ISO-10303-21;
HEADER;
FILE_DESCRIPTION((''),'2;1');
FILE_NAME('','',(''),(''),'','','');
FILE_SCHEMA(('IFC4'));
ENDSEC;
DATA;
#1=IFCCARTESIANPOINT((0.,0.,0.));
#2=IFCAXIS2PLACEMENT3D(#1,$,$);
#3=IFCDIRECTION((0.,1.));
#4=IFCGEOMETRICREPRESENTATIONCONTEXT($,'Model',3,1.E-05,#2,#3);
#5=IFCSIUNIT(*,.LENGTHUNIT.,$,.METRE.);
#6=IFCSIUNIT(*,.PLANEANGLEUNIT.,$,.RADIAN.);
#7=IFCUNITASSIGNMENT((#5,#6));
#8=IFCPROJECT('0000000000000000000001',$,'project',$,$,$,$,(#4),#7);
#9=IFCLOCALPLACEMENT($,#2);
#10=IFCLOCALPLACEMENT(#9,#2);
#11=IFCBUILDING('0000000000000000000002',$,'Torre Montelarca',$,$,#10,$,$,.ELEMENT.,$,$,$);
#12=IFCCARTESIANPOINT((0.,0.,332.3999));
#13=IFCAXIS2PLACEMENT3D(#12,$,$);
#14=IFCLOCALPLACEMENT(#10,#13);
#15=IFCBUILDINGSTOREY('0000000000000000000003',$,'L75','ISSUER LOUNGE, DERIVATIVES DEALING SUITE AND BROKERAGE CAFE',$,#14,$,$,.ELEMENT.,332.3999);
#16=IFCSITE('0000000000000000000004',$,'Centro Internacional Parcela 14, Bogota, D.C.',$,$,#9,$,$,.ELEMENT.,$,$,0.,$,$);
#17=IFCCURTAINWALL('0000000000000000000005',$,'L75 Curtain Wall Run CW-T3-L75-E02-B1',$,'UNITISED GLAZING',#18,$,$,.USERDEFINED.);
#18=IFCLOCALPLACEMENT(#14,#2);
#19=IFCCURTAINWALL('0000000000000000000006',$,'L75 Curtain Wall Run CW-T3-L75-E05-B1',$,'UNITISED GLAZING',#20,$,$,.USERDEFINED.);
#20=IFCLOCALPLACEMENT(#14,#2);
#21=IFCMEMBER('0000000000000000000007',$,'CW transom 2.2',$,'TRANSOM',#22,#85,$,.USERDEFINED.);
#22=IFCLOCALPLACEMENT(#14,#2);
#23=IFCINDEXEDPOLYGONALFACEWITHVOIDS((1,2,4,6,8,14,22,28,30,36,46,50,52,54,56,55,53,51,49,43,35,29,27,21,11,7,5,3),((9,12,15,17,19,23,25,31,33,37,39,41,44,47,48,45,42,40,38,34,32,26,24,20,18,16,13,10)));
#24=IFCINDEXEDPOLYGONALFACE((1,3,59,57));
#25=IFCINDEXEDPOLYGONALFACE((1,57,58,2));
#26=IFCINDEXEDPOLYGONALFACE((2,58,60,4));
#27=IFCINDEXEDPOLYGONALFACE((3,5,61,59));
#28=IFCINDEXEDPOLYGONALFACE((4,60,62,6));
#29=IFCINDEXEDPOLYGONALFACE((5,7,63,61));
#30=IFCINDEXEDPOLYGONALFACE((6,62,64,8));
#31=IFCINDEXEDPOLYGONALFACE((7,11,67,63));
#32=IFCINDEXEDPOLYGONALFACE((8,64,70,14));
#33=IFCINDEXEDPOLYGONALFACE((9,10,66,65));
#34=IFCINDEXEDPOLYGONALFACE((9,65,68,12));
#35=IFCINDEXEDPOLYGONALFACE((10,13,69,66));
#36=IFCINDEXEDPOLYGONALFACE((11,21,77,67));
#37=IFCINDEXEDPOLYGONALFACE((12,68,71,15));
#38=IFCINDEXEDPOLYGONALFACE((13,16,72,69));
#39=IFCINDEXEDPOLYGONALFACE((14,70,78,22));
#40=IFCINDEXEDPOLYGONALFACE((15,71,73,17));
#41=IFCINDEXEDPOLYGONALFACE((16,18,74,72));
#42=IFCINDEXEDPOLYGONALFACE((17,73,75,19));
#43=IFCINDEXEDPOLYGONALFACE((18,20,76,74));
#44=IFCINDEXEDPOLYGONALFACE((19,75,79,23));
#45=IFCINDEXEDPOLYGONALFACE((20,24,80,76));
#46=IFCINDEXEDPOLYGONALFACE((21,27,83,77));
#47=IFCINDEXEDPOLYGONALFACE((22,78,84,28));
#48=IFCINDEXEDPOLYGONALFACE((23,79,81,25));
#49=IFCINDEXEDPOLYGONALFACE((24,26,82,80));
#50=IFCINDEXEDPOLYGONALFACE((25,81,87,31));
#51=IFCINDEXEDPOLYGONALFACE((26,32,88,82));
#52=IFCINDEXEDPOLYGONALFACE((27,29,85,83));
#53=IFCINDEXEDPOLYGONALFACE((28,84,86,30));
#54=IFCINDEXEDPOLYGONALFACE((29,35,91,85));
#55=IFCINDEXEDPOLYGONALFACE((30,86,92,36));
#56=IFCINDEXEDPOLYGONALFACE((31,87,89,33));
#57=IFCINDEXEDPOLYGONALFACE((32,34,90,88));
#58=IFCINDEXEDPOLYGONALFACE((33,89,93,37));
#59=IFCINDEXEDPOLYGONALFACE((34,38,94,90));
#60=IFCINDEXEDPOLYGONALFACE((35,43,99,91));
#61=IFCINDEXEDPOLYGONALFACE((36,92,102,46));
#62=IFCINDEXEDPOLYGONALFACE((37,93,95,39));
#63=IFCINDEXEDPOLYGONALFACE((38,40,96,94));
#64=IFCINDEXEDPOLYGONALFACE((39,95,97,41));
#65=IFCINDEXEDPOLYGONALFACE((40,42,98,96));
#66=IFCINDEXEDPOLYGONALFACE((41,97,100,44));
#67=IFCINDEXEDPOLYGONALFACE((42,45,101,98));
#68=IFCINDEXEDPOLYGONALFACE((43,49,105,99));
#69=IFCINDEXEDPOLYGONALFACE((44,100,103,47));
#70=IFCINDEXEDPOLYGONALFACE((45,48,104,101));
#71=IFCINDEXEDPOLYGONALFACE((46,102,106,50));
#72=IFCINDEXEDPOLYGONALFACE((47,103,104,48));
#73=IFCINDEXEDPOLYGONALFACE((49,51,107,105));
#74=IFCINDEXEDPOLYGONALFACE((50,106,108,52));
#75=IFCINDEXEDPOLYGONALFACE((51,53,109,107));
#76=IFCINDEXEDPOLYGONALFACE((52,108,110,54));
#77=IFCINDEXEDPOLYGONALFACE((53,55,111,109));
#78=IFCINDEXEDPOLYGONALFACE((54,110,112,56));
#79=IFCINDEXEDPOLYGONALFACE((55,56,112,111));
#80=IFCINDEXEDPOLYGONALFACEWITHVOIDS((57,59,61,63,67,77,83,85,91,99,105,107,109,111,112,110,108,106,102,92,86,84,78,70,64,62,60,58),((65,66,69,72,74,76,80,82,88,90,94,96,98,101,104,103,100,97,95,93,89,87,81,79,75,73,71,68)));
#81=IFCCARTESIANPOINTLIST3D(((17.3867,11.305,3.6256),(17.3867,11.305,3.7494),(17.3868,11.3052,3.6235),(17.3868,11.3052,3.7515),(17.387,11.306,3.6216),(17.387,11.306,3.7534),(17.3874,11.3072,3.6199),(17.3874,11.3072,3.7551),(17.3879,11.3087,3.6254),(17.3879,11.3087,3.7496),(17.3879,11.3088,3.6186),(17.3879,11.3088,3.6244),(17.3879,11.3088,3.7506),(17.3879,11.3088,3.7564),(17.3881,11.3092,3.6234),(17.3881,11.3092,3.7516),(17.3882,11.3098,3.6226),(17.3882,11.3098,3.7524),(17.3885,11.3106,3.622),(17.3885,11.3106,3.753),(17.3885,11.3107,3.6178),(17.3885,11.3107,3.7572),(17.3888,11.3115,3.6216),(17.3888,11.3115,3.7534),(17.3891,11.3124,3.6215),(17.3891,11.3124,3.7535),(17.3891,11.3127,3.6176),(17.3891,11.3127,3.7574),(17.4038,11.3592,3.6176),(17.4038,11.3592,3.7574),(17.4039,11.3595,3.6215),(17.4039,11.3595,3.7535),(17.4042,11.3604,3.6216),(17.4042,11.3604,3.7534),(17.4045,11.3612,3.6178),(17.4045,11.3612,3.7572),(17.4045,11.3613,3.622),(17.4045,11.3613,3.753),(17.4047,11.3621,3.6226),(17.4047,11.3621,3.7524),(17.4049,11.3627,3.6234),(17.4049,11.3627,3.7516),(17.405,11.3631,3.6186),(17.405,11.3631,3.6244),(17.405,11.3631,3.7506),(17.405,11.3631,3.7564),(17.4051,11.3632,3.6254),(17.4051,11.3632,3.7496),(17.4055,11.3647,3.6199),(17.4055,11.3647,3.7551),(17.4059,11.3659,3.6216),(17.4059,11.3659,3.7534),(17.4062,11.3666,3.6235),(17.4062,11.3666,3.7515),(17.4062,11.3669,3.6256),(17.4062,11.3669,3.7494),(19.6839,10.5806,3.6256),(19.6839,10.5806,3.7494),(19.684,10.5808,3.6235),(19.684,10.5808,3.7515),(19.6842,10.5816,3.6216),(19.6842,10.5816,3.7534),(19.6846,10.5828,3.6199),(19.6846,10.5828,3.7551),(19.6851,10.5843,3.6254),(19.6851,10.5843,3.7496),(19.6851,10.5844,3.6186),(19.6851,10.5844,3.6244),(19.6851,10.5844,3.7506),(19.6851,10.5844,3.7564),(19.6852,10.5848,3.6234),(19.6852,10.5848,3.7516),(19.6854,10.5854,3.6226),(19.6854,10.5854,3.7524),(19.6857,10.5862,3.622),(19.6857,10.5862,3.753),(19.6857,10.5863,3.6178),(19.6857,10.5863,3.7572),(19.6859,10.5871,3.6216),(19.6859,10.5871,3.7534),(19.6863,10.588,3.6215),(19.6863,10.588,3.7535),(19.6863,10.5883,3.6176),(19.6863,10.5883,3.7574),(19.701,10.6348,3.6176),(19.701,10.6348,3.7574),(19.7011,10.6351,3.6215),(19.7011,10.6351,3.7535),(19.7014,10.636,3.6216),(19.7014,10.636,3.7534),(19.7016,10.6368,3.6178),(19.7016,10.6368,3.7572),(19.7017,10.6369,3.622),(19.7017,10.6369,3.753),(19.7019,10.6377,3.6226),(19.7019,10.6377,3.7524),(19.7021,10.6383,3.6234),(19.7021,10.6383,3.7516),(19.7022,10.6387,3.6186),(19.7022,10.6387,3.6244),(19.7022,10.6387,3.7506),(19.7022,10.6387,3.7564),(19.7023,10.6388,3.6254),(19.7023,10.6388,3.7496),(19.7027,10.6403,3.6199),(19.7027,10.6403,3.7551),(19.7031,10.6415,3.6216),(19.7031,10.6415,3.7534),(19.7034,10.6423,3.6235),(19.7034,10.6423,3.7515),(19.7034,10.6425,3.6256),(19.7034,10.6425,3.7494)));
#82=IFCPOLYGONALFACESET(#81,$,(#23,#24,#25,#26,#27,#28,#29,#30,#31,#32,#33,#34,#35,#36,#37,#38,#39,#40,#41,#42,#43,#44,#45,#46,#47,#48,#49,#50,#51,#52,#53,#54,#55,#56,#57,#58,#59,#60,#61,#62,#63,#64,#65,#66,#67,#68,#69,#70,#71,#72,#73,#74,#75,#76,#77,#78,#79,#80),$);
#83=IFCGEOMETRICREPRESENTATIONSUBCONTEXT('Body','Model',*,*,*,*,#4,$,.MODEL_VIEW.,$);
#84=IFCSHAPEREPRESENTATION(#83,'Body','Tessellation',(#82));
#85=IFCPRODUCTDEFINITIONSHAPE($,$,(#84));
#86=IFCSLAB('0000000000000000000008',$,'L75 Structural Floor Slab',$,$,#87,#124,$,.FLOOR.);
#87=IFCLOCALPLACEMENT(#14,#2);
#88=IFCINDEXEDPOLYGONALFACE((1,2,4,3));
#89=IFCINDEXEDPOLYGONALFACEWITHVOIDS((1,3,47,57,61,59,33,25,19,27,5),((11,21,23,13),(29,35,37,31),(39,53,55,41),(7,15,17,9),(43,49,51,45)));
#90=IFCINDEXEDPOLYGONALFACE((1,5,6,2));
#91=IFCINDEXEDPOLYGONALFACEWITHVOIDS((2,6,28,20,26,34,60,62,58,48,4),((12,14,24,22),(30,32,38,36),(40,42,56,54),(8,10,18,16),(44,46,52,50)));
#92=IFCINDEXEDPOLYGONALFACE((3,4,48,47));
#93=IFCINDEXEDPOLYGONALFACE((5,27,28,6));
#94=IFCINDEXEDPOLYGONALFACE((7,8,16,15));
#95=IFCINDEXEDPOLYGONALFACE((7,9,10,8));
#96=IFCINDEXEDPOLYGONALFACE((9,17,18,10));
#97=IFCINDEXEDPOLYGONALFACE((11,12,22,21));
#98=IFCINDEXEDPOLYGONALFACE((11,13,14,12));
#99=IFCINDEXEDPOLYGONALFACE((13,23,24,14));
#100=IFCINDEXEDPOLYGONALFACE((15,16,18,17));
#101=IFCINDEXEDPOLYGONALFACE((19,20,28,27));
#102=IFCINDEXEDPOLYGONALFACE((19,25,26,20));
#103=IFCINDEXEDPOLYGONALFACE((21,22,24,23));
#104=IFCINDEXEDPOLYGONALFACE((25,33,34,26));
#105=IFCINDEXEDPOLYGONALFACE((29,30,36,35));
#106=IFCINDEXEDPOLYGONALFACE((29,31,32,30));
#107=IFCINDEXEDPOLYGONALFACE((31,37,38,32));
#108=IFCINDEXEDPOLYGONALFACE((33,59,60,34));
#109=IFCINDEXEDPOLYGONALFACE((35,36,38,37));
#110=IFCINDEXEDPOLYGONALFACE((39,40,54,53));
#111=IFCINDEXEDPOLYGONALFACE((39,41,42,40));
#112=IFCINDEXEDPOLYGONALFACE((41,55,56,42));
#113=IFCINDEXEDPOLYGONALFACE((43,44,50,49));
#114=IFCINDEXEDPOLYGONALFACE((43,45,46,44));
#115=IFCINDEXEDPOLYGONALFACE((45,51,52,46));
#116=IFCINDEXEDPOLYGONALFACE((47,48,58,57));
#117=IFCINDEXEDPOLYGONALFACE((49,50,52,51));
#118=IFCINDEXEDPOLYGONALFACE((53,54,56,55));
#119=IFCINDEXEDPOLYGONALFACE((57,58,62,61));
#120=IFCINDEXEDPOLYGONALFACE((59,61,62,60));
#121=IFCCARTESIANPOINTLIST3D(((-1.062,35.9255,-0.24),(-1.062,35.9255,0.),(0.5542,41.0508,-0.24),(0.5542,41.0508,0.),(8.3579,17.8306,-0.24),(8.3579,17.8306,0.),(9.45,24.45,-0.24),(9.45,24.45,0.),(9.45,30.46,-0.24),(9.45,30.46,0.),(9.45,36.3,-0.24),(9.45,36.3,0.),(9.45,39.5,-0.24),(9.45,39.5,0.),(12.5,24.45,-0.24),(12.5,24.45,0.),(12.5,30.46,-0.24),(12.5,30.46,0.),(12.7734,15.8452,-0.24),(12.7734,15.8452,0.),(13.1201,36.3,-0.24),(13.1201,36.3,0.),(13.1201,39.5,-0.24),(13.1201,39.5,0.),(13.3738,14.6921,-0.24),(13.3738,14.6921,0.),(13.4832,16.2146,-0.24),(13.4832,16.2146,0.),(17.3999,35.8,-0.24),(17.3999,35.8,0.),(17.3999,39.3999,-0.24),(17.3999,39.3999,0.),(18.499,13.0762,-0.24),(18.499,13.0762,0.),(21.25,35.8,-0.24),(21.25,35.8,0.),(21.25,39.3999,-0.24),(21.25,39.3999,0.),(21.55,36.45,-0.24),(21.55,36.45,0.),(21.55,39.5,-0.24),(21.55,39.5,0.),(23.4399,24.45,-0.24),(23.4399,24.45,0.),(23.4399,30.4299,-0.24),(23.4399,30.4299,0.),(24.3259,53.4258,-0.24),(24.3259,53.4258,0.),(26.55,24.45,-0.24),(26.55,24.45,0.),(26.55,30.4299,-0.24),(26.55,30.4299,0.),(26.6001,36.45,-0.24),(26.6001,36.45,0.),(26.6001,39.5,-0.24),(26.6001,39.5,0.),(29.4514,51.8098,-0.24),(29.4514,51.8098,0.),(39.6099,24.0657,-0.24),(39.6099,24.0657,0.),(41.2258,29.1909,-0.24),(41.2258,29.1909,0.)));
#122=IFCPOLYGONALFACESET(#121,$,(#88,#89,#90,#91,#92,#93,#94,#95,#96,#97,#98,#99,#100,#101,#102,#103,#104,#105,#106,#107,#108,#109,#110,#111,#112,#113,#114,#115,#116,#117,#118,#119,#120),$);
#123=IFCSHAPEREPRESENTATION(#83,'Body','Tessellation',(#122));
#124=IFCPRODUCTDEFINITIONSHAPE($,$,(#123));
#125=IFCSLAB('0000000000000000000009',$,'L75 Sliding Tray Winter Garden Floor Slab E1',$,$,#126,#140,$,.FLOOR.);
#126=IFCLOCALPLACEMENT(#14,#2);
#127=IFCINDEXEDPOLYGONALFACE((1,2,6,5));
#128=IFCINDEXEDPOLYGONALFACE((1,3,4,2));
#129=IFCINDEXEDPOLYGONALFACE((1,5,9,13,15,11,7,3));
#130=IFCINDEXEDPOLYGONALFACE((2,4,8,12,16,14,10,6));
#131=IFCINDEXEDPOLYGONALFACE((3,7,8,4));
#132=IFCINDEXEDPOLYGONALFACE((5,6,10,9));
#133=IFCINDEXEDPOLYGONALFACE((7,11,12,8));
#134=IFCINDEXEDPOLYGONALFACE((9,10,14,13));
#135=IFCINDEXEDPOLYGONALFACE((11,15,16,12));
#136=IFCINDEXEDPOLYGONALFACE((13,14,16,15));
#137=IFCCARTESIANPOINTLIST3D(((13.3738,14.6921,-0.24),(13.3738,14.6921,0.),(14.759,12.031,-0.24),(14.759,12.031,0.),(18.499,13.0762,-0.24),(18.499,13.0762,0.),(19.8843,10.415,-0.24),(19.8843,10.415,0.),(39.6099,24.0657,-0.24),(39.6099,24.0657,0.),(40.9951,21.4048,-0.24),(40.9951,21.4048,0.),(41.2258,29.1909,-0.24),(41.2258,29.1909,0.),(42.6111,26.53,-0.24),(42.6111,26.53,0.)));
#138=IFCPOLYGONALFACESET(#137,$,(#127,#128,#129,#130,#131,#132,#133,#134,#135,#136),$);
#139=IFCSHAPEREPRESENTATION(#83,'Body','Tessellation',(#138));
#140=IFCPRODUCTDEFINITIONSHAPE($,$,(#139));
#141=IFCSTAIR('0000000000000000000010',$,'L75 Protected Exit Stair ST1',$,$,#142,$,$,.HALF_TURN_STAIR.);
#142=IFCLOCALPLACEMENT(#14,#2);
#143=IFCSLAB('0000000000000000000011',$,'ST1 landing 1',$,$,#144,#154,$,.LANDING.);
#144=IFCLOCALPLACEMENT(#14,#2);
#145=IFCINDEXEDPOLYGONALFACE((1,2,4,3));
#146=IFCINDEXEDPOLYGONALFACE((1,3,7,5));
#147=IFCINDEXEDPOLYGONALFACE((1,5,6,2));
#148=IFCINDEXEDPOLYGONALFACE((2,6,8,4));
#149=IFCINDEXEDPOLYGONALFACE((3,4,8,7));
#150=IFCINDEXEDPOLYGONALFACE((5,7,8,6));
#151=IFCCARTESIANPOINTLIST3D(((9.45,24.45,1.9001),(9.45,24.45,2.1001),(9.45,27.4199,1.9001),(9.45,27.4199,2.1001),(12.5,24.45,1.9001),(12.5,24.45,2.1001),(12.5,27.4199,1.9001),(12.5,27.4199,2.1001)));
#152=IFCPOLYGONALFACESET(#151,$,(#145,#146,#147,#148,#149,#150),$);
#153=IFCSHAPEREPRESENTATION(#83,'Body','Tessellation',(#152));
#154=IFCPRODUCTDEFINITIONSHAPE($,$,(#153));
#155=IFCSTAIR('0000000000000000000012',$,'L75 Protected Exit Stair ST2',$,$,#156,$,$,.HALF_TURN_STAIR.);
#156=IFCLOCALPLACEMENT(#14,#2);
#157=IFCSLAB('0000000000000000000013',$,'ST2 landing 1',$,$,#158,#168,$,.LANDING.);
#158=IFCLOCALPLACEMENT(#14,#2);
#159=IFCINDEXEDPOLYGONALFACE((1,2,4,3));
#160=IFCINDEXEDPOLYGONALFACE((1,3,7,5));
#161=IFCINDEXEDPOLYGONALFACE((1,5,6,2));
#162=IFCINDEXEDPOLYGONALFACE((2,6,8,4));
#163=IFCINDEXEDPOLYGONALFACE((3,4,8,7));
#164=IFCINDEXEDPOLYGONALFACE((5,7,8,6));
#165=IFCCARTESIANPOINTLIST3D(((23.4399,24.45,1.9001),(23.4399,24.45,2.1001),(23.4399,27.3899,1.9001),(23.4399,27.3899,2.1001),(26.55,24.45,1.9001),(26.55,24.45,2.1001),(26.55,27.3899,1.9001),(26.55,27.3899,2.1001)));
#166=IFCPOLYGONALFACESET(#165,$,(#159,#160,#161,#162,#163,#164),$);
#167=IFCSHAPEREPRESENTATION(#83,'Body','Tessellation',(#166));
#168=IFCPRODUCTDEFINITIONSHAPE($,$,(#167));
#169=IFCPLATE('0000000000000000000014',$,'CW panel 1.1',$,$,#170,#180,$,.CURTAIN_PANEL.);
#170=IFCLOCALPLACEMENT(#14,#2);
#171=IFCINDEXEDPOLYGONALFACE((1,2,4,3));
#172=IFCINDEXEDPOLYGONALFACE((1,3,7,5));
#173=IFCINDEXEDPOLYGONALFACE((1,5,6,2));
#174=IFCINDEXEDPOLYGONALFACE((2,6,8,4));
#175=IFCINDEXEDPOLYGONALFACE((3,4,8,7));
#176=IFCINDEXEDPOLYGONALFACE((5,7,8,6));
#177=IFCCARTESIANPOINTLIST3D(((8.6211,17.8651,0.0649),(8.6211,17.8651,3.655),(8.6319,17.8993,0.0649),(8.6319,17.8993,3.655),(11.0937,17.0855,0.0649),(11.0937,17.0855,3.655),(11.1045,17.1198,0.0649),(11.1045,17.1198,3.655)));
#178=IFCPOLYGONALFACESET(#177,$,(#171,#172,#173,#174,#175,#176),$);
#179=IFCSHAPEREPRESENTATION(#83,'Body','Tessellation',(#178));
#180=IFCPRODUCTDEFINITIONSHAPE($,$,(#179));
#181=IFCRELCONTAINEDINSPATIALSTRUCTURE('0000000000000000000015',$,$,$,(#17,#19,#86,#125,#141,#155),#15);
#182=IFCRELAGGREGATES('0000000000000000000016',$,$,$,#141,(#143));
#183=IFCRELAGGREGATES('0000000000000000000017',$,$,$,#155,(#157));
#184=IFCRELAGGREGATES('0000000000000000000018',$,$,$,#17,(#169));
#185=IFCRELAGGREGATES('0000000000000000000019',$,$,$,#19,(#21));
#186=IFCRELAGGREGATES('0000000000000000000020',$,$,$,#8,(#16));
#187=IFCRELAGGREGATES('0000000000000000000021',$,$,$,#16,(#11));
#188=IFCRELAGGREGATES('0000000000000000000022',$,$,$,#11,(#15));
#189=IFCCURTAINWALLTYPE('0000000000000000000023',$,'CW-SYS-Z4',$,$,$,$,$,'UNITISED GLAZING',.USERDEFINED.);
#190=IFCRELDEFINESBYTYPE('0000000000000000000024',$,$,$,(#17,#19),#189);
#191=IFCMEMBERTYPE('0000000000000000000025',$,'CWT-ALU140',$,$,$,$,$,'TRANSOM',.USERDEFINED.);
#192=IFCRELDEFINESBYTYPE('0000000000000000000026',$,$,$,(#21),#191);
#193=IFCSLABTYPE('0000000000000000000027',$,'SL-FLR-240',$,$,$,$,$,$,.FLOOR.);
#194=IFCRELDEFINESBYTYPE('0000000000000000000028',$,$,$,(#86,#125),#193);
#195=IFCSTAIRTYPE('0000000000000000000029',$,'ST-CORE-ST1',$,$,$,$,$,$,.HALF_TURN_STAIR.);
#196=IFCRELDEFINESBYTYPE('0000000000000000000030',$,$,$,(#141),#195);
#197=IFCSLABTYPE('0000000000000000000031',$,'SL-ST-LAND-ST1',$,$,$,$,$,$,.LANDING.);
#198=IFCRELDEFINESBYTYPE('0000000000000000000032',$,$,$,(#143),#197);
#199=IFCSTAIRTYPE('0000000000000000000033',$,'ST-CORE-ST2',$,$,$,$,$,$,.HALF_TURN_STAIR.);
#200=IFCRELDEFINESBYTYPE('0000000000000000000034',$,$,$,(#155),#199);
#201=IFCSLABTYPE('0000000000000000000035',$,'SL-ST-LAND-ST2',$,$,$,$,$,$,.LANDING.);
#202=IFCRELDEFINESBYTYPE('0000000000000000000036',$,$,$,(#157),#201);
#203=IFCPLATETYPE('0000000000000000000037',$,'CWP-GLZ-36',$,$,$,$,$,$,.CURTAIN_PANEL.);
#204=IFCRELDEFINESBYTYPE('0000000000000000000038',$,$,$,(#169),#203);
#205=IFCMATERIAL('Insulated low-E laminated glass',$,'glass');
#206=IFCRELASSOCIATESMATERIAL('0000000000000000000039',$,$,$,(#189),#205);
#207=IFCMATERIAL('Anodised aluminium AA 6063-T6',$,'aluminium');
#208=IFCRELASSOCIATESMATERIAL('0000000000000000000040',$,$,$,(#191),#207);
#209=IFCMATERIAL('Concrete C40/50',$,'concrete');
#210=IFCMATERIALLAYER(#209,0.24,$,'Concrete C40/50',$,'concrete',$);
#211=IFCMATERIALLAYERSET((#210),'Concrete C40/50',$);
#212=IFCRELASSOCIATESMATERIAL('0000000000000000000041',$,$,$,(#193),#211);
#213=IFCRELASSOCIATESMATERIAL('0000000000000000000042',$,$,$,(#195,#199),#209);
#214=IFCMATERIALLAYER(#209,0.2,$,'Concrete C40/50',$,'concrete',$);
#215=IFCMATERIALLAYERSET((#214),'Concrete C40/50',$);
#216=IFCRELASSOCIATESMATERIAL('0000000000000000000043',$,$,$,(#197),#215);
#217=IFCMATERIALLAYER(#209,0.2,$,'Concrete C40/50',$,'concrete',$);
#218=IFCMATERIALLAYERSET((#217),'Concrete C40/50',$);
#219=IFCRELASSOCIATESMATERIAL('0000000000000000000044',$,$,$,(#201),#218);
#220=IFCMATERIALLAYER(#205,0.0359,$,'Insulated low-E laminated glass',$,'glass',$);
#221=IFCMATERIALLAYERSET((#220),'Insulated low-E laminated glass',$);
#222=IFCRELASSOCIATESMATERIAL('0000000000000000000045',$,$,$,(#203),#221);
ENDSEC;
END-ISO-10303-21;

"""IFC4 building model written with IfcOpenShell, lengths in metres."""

from ifc_helpers import new_model, si_unit, direction, frame, origin, origin_2d, place, context, subcontext, project, spatial, polyline, rectangle, hollow_rectangle, outline, extrude, source, transform, mapped, material, layer, layer_set, material_profile, profile_set, type_object, element, aggregate, save


model = new_model("IFC4")

# Units and contexts
model_context = context("Model", 3, precision=1e-05, world=origin(), true_north=direction((0.0, 1.0)))
body_context = subcontext(model_context, "Body", "Model", "MODEL_VIEW")
ifc_project = project(units=[si_unit("LENGTHUNIT", "METRE"), si_unit("PLANEANGLEUNIT", "RADIAN")], contexts=[model_context])

# Site, building, storey
site_placement = place(None, origin())
site = spatial("IfcSite", under=ifc_project, at=site_placement, Name="Centro Internacional Parcela 14, Bogota, D.C.", CompositionType="ELEMENT", RefElevation=0.0)
building_placement = place(site_placement, origin())
building = spatial("IfcBuilding", under=site, at=building_placement, Name="Torre Montelarca", CompositionType="ELEMENT")
storey_placement = place(building_placement, frame((0.0, 0.0, 332.3999)))
storey = spatial("IfcBuildingStorey", under=building, at=storey_placement, Name="L75", Description="ISSUER LOUNGE, DERIVATIVES DEALING SUITE AND BROKERAGE CAFE", CompositionType="ELEMENT", Elevation=332.3999)

# Curtain walls, member
ifc_material_1 = material(Name="Insulated low-E laminated glass", Category="glass")
curtain_wall_type = type_object("IfcCurtainWallType", Name="CW-SYS-Z4", ElementType="UNITISED GLAZING", PredefinedType="USERDEFINED", material=ifc_material_1)
curtain_wall_1_placement = place(storey_placement, origin())
curtain_wall_1 = element("IfcCurtainWall", 1, at=curtain_wall_1_placement, inside=storey, type_object=curtain_wall_type, Name="L75 Curtain Wall Run CW-T3-L75-E02-B1", ObjectType="UNITISED GLAZING", PredefinedType="USERDEFINED")
ifc_material_2 = material(Name="Anodised aluminium AA 6063-T6", Category="aluminium")
ifc_material_profile_1 = material_profile(ifc_material_2, hollow_rectangle(XDim=0.0649, YDim=0.1399, WallThickness=0.0039, InnerFilletRadius=0.0039, OuterFilletRadius=0.0081, at=origin_2d()), Name="ALU65X140X4", Category="aluminium")
ifc_profile_set_1 = profile_set([ifc_material_profile_1], Name="Anodised aluminium AA 6063-T6")
member_type_1 = type_object("IfcMemberType", Name="CWT-ALU140", ElementType="TRANSOM", PredefinedType="USERDEFINED", material=ifc_profile_set_1)
curtain_wall_2_placement = place(storey_placement, origin())
curtain_wall_2 = element("IfcCurtainWall", 2, at=curtain_wall_2_placement, inside=storey, type_object=curtain_wall_type, Name="L75 Curtain Wall Run CW-T3-L75-E05-B1", ObjectType="UNITISED GLAZING", PredefinedType="USERDEFINED")
shared_shape_1 = source(origin(), body_context, "Body", "SweptSolid", [
    extrude(hollow_rectangle(XDim=0.0649, YDim=0.1399, WallThickness=0.0039, InnerFilletRadius=0.0039, OuterFilletRadius=0.0081, at=origin_2d()), origin(), (0.0, 0.0, 1.0), 2.4087),
])
member_1_placement = place(storey_placement, frame((17.3965, 11.3359, 3.6875), z_axis=(0.953707, -0.300738, 0.0), x_axis=(0.300738, 0.953707, 0.0)))
member_1 = element("IfcMember", 3, at=member_1_placement, type_object=member_type_1, Name="CW transom 2.2", ObjectType="TRANSOM", PredefinedType="USERDEFINED", context=body_context, shape_type="MappedRepresentation", body=[
    mapped(shared_shape_1, transform((0.0, 0.0, 0.0), scale=1.0)),
])

# Slabs
ifc_material_3 = material(Name="Concrete C40/50", Category="concrete")
ifc_layer_1 = layer(ifc_material_3, 0.24, Name="Concrete C40/50", Category="concrete")
ifc_layer_set_1 = layer_set([ifc_layer_1], Name="Concrete C40/50")
slab_type_1 = type_object("IfcSlabType", Name="SL-FLR-240", PredefinedType="FLOOR", material=ifc_layer_set_1)
slab_1_placement = place(storey_placement, frame((0.0, 0.0, -0.24)))
element("IfcSlab", 4, at=slab_1_placement, inside=storey, type_object=slab_type_1, Name="L75 Structural Floor Slab", PredefinedType="FLOOR", context=body_context, shape_type="SweptSolid", body=[
    extrude(outline(polyline([(8.3579, 17.8306), (13.4832, 16.2146), (12.7734, 15.8452), (13.3738, 14.6921), (18.499, 13.0762), (39.6099, 24.0657), (41.2258, 29.1909), (29.4514, 51.8098), (24.3259, 53.4258), (0.5542, 41.0508), (-1.062, 35.9255), (8.3579, 17.8306)]), holes=[polyline([(26.55, 24.45), (23.4399, 24.45), (23.4399, 30.4299), (26.55, 30.4299), (26.55, 24.45)]), polyline([(12.5, 24.45), (9.45, 24.45), (9.45, 30.46), (12.5, 30.46), (12.5, 24.45)]), polyline([(21.25, 39.3999), (21.25, 35.8), (17.3999, 35.8), (17.3999, 39.3999), (21.25, 39.3999)]), polyline([(13.1201, 36.3), (9.45, 36.3), (9.45, 39.5), (13.1201, 39.5), (13.1201, 36.3)]), polyline([(26.6001, 36.45), (21.55, 36.45), (21.55, 39.5), (26.6001, 39.5), (26.6001, 36.45)])]), origin(), (0.0, 0.0, 1.0), 0.24),
])
slab_2_placement = place(storey_placement, frame((0.0, 0.0, -0.24)))
element("IfcSlab", 5, at=slab_2_placement, inside=storey, type_object=slab_type_1, Name="L75 Sliding Tray Winter Garden Floor Slab E1", PredefinedType="FLOOR", context=body_context, shape_type="SweptSolid", body=[
    extrude(outline(polyline([(41.2258, 29.1909), (39.6099, 24.0657), (18.499, 13.0762), (13.3738, 14.6921), (14.759, 12.031), (19.8843, 10.415), (40.9951, 21.4048), (42.6111, 26.53), (41.2258, 29.1909)])), origin(), (0.0, 0.0, 1.0), 0.24),
])

# Stairs, slabs
stair_type_1 = type_object("IfcStairType", Name="ST-CORE-ST1", PredefinedType="HALF_TURN_STAIR", material=ifc_material_3)
stair_1_placement = place(storey_placement, origin())
stair_1 = element("IfcStair", 6, at=stair_1_placement, inside=storey, type_object=stair_type_1, Name="L75 Protected Exit Stair ST1", PredefinedType="HALF_TURN_STAIR")
ifc_layer_2 = layer(ifc_material_3, 0.2, Name="Concrete C40/50", Category="concrete")
ifc_layer_set_2 = layer_set([ifc_layer_2], Name="Concrete C40/50")
slab_type_2 = type_object("IfcSlabType", Name="SL-ST-LAND-ST1", PredefinedType="LANDING", material=ifc_layer_set_2)
slab_3_placement = place(storey_placement, frame((0.0, 0.0, 1.9001)))
slab_3 = element("IfcSlab", 7, at=slab_3_placement, type_object=slab_type_2, Name="ST1 landing 1", PredefinedType="LANDING", context=body_context, shape_type="SweptSolid", body=[
    extrude(outline(polyline([(9.45, 27.4199), (9.45, 24.45), (12.5, 24.45), (12.5, 27.4199), (9.45, 27.4199)])), origin(), (0.0, 0.0, 1.0), 0.2),
])
aggregate(stair_1, [slab_3])
stair_type_2 = type_object("IfcStairType", Name="ST-CORE-ST2", PredefinedType="HALF_TURN_STAIR", material=ifc_material_3)
stair_2_placement = place(storey_placement, origin())
stair_2 = element("IfcStair", 8, at=stair_2_placement, inside=storey, type_object=stair_type_2, Name="L75 Protected Exit Stair ST2", PredefinedType="HALF_TURN_STAIR")
ifc_layer_3 = layer(ifc_material_3, 0.2, Name="Concrete C40/50", Category="concrete")
ifc_layer_set_3 = layer_set([ifc_layer_3], Name="Concrete C40/50")
slab_type_3 = type_object("IfcSlabType", Name="SL-ST-LAND-ST2", PredefinedType="LANDING", material=ifc_layer_set_3)
slab_4_placement = place(storey_placement, frame((0.0, 0.0, 1.9001)))
slab_4 = element("IfcSlab", 9, at=slab_4_placement, type_object=slab_type_3, Name="ST2 landing 1", PredefinedType="LANDING", context=body_context, shape_type="SweptSolid", body=[
    extrude(outline(polyline([(23.4399, 27.3899), (23.4399, 24.45), (26.55, 24.45), (26.55, 27.3899), (23.4399, 27.3899)])), origin(), (0.0, 0.0, 1.0), 0.2),
])
aggregate(stair_2, [slab_4])

# Plate
ifc_layer_4 = layer(ifc_material_1, 0.0359, Name="Insulated low-E laminated glass", Category="glass")
ifc_layer_set_4 = layer_set([ifc_layer_4], Name="Insulated low-E laminated glass")
plate_type = type_object("IfcPlateType", Name="CWP-GLZ-36", PredefinedType="CURTAIN_PANEL", material=ifc_layer_set_4)
shared_shape_2 = source(origin(), body_context, "Body", "SweptSolid", [
    extrude(rectangle(XDim=2.5925, YDim=0.0359, at=origin_2d()), origin(), (0.0, 0.0, 1.0), 3.5901),
])
plate_1_placement = place(storey_placement, frame((9.8628, 17.4924, 0.0649), z_axis=(0.0, 0.0, 1.0), x_axis=(0.953719, -0.300698, 0.0)))
plate_1 = element("IfcPlate", 10, at=plate_1_placement, type_object=plate_type, Name="CW panel 1.1", PredefinedType="CURTAIN_PANEL", context=body_context, shape_type="MappedRepresentation", body=[
    mapped(shared_shape_2, transform((0.0, 0.0, 0.0), scale=1.0)),
])
aggregate(curtain_wall_1, [plate_1])
aggregate(curtain_wall_2, [member_1])

save(model, "model.ifc")
